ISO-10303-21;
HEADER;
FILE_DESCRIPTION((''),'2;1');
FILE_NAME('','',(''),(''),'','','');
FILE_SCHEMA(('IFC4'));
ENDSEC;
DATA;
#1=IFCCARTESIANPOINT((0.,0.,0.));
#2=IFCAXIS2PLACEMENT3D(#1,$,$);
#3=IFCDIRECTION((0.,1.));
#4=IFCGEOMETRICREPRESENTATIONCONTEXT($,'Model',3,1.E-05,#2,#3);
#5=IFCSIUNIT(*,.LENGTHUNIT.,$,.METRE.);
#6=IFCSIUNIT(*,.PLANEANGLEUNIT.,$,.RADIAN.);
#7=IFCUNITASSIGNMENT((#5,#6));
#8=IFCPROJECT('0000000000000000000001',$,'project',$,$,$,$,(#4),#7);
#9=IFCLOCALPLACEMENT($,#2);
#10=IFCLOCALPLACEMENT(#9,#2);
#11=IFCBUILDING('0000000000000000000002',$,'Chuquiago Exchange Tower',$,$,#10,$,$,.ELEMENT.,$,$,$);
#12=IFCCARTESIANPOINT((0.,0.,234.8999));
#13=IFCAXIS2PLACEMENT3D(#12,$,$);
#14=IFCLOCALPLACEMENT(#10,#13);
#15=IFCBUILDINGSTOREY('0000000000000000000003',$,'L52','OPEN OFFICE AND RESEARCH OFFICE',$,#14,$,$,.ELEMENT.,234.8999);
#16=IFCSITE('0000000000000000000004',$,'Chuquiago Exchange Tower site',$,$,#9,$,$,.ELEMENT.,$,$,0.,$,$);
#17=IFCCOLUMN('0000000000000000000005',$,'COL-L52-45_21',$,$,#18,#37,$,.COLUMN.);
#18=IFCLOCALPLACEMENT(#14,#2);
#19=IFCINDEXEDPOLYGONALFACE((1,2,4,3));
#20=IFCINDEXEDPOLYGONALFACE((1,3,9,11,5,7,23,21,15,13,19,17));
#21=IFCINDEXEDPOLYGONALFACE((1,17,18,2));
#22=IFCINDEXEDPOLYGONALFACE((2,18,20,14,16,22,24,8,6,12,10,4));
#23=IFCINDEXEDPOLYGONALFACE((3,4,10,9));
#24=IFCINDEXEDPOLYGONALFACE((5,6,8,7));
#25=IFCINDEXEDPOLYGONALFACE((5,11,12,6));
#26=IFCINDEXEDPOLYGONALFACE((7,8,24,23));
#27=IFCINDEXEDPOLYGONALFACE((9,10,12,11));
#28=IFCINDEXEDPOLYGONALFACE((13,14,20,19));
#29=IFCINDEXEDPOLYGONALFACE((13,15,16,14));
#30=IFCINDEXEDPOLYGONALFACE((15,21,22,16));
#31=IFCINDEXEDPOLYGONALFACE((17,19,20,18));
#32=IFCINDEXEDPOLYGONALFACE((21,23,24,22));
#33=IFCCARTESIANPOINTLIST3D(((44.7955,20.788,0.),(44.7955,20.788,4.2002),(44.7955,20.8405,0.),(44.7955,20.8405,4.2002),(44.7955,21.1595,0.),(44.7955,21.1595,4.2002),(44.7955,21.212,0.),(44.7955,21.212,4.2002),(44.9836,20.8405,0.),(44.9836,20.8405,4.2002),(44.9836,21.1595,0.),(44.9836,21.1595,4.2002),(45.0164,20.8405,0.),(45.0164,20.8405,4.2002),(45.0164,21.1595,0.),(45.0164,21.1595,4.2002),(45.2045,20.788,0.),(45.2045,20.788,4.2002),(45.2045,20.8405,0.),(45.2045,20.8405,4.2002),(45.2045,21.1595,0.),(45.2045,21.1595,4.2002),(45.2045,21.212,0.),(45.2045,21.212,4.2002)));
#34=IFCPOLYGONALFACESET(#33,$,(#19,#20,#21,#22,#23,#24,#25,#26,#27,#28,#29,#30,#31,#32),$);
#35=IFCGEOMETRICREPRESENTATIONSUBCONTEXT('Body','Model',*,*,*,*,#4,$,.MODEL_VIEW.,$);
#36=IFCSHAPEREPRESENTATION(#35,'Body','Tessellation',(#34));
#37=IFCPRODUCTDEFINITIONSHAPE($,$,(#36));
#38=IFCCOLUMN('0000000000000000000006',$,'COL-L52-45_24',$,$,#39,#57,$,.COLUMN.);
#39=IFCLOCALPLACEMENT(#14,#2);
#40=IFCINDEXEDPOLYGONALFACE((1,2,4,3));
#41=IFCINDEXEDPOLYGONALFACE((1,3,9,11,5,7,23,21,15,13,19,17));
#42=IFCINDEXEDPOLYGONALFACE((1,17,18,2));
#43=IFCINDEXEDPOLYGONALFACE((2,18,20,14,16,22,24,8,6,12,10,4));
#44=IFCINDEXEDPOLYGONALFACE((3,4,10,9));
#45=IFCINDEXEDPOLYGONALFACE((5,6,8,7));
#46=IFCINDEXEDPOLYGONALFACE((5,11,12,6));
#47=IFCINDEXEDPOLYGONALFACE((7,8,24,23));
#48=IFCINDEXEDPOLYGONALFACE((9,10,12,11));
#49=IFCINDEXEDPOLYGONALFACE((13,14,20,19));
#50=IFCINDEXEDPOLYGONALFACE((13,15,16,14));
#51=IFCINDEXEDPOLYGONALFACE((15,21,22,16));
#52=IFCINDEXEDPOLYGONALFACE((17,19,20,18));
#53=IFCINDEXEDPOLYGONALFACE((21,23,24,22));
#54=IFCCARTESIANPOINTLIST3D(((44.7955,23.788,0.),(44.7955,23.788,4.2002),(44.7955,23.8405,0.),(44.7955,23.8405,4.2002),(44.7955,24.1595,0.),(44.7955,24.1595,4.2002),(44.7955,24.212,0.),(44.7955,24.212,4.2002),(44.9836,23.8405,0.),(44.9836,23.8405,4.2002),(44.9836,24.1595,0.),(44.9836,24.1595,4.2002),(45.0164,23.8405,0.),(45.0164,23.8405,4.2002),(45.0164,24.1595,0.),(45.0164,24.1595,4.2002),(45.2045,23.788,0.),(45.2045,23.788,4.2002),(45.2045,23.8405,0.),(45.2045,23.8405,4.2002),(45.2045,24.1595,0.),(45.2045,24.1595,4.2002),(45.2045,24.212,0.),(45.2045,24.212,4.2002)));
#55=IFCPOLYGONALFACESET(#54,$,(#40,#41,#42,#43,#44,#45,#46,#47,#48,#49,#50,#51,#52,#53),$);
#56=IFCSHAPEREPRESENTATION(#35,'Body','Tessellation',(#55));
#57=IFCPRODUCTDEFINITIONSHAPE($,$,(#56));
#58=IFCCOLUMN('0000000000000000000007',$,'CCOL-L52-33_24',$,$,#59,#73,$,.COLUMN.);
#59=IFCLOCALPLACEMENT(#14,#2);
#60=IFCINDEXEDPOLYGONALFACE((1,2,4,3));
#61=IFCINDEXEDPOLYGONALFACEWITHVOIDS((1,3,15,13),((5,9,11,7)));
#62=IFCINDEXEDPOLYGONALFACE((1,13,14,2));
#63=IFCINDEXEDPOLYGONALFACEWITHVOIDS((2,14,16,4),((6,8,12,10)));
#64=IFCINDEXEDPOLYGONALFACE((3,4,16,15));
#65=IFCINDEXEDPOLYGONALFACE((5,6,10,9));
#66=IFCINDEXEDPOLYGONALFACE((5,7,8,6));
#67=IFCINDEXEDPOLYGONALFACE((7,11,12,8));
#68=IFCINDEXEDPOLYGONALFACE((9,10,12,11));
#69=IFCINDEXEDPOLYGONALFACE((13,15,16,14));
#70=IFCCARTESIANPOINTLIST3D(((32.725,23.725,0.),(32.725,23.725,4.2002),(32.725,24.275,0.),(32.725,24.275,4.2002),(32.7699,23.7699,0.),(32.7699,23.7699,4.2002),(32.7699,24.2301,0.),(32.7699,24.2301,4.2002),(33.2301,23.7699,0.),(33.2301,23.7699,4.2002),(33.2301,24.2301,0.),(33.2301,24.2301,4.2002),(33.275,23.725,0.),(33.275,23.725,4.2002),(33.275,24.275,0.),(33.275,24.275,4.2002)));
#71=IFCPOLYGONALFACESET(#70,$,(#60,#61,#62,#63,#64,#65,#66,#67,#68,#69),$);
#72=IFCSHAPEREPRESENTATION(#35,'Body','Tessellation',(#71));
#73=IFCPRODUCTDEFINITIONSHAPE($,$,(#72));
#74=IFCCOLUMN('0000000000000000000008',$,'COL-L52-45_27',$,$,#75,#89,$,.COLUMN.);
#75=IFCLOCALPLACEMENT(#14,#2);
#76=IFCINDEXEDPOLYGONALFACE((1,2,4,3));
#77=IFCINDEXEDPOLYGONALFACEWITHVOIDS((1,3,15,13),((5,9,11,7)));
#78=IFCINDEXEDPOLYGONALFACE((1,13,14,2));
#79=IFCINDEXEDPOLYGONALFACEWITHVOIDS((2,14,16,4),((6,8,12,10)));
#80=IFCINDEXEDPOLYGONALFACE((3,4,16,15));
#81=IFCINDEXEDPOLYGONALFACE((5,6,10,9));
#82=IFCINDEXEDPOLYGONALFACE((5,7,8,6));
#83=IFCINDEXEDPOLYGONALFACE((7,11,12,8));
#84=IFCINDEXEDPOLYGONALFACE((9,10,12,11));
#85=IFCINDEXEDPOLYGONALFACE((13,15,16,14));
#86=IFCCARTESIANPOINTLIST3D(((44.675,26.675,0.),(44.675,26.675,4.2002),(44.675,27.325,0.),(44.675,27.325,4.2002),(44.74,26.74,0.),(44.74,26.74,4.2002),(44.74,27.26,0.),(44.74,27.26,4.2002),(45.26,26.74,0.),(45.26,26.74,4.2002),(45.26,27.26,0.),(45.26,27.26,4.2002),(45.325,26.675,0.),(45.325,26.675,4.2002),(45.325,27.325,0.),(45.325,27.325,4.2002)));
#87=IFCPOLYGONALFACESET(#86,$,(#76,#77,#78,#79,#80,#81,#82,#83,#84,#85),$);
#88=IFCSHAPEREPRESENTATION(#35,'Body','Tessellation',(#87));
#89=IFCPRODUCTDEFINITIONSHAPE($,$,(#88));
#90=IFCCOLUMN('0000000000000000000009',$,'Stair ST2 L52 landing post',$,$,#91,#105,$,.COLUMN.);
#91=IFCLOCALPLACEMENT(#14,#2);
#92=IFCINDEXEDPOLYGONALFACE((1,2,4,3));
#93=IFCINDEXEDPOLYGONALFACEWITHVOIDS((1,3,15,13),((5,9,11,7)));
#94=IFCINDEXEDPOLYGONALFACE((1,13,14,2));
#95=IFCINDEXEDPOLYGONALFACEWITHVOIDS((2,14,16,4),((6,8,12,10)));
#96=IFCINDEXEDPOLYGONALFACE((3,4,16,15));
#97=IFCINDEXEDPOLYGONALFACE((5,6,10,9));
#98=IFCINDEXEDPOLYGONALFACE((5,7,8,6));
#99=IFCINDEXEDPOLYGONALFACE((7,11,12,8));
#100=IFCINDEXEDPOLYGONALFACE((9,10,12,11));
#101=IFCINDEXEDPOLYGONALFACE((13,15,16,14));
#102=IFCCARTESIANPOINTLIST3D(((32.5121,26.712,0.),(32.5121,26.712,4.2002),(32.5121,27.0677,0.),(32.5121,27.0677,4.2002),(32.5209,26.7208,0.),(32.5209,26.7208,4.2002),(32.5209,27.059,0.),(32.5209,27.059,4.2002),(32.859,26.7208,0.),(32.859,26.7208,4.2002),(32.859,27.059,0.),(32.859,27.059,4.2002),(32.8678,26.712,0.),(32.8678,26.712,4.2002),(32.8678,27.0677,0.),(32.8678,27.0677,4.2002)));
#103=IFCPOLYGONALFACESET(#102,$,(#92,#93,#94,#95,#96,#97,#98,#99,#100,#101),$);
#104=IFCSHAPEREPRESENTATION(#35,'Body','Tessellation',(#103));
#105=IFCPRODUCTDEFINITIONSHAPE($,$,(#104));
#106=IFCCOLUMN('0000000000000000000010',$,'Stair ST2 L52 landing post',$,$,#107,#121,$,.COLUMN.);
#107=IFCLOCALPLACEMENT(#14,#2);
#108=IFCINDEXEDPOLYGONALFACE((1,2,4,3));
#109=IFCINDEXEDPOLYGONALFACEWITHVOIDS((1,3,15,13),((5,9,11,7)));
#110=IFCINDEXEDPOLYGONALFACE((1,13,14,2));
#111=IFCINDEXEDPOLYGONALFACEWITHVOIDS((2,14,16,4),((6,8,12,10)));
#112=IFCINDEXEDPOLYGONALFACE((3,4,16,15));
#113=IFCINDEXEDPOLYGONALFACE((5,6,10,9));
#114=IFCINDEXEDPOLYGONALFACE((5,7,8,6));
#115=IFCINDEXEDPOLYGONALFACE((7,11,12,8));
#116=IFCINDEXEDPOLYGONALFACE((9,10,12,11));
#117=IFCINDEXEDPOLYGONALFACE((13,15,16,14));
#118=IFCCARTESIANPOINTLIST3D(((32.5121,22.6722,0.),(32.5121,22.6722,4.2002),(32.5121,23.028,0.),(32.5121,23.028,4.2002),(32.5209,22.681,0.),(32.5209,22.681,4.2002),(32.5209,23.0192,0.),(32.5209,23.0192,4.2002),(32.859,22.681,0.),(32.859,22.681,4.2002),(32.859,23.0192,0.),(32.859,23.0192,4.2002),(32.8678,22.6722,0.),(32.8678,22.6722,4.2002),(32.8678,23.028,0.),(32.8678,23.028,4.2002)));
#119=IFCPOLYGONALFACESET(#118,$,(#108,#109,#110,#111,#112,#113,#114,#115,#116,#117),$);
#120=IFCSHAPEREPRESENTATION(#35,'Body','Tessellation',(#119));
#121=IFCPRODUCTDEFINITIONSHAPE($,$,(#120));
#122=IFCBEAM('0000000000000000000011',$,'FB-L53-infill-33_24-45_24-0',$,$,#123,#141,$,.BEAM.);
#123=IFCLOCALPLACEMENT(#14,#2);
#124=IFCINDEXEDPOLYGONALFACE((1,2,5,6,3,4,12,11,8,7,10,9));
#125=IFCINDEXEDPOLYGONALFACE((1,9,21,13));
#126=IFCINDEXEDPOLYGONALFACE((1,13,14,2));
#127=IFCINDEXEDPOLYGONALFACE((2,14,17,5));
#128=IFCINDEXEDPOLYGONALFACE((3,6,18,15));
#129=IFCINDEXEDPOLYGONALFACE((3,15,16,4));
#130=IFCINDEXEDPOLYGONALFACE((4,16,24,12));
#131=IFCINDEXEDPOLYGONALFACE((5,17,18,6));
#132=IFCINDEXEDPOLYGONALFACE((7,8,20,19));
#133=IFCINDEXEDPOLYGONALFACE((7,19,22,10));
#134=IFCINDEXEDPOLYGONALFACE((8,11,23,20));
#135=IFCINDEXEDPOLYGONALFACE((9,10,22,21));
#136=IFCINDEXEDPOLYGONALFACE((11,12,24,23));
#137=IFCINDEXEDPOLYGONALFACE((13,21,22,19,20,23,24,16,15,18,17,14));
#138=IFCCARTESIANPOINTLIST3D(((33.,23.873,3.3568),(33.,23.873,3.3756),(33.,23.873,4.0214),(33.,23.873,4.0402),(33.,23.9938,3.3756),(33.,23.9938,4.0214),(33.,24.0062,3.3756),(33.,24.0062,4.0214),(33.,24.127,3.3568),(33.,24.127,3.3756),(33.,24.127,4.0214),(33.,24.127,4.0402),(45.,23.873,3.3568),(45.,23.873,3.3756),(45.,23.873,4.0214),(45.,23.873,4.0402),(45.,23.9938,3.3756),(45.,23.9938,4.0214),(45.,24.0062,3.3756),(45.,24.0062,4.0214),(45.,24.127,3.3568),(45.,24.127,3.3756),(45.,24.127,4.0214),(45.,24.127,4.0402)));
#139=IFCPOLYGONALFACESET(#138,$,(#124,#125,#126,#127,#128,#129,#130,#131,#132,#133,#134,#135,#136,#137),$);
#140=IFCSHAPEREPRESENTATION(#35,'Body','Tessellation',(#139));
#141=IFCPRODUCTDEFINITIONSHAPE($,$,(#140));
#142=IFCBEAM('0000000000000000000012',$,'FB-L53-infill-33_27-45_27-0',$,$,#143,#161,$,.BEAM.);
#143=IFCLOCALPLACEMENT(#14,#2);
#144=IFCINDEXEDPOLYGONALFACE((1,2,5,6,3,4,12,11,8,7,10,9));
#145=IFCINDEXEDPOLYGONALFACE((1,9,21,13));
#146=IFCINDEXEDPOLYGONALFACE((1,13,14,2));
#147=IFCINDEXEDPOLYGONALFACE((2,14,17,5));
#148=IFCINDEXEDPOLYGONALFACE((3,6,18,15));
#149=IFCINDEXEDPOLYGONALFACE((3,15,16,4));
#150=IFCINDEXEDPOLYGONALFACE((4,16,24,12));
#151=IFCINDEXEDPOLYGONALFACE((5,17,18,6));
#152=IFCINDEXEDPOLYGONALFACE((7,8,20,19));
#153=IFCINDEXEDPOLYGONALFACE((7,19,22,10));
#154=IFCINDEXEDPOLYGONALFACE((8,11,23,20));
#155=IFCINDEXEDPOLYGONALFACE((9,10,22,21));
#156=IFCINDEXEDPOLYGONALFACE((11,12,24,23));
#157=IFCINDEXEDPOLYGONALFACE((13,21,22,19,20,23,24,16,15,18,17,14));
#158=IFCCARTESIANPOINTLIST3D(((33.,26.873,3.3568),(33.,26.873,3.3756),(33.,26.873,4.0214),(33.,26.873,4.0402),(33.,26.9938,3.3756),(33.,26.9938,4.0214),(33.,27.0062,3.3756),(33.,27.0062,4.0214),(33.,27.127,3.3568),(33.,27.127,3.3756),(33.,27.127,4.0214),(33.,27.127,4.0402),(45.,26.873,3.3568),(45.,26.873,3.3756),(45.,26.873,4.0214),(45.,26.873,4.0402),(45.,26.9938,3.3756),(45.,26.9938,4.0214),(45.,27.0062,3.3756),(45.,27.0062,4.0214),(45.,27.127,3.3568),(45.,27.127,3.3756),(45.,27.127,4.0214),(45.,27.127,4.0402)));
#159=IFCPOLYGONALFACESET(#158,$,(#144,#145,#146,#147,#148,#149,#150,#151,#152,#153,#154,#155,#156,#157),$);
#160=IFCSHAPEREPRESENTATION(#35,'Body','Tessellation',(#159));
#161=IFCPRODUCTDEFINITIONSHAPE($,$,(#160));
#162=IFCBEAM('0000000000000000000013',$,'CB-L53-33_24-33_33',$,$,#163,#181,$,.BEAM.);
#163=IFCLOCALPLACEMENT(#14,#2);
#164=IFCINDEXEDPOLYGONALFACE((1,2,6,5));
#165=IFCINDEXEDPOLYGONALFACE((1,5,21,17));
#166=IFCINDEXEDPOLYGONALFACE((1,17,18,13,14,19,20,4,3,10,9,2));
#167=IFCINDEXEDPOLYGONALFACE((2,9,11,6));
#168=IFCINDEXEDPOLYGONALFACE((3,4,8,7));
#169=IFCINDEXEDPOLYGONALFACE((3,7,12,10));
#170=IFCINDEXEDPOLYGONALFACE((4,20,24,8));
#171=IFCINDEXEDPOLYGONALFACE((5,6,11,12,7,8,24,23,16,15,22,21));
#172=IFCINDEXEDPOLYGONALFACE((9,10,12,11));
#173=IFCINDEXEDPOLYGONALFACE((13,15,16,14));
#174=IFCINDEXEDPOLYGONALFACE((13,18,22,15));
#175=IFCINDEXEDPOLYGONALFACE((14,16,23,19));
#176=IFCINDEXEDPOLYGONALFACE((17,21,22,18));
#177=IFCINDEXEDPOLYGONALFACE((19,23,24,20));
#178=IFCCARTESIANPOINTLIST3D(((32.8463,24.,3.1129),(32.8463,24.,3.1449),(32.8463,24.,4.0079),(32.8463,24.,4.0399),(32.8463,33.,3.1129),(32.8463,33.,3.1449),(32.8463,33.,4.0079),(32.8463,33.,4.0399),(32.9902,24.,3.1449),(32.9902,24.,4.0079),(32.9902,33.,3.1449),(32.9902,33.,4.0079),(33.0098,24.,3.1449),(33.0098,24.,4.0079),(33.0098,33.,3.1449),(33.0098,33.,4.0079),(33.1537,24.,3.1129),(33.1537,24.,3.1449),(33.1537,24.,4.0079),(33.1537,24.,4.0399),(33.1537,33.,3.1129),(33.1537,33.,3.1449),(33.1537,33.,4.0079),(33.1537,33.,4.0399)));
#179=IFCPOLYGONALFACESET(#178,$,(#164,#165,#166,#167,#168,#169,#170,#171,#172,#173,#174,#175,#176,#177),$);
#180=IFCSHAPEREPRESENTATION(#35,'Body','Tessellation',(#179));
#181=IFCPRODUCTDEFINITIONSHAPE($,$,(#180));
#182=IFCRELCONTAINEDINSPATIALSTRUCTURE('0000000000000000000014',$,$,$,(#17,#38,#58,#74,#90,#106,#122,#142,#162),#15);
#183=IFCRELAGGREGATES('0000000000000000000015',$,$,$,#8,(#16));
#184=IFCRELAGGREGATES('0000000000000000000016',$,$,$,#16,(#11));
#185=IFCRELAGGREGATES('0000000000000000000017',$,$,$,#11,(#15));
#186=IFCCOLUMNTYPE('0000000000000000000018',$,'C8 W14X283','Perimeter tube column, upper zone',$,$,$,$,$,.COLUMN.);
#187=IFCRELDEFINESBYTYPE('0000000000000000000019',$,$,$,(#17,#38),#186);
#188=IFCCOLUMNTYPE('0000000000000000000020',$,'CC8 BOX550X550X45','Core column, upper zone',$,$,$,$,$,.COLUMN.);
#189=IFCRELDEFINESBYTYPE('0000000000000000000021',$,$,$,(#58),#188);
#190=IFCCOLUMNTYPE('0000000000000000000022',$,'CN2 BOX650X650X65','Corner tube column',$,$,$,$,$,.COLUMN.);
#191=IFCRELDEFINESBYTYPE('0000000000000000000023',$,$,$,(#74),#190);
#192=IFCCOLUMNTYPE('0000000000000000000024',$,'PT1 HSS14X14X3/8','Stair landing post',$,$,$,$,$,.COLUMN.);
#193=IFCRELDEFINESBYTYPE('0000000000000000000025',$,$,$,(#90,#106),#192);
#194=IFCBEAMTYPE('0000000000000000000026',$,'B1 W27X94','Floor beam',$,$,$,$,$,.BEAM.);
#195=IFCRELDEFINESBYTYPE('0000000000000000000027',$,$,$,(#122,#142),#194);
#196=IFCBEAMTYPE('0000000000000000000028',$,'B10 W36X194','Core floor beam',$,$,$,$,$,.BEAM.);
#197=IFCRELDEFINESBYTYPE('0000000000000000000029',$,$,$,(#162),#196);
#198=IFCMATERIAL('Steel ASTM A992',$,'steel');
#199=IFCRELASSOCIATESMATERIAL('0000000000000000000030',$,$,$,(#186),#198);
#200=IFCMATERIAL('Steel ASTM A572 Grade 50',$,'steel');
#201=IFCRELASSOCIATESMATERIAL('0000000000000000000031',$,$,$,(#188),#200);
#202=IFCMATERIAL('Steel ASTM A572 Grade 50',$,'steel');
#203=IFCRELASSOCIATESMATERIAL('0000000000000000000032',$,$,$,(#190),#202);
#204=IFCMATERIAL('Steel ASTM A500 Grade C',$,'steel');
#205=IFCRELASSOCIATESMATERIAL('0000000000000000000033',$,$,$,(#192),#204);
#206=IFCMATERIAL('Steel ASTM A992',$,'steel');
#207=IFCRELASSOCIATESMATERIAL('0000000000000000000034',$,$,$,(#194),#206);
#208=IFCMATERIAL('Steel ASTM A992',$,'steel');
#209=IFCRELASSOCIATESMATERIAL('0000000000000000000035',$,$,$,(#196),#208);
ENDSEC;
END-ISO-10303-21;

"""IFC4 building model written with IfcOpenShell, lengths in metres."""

from ifc_helpers import new_model, si_unit, direction, frame, origin, origin_2d, place, context, subcontext, project, spatial, hollow_rectangle, i_section, extrude, material, material_profile, profile_set, type_object, element, save


model = new_model("IFC4")

# Units and contexts
model_context = context("Model", 3, precision=1e-05, world=origin(), true_north=direction((0.0, 1.0)))
body_context = subcontext(model_context, "Body", "Model", "MODEL_VIEW")
ifc_project = project(units=[si_unit("LENGTHUNIT", "METRE"), si_unit("PLANEANGLEUNIT", "RADIAN")], contexts=[model_context])

# Site, building, storey
site_placement = place(None, origin())
site = spatial("IfcSite", under=ifc_project, at=site_placement, Name="Chuquiago Exchange Tower site", CompositionType="ELEMENT", RefElevation=0.0)
building_placement = place(site_placement, origin())
building = spatial("IfcBuilding", under=site, at=building_placement, Name="Chuquiago Exchange Tower", CompositionType="ELEMENT")
storey_placement = place(building_placement, frame((0.0, 0.0, 234.8999)))
storey = spatial("IfcBuildingStorey", under=building, at=storey_placement, Name="L52", Description="OPEN OFFICE AND RESEARCH OFFICE", CompositionType="ELEMENT", Elevation=234.8999)

# Columns
ifc_material_1 = material(Name="Steel ASTM A992", Category="steel")
ifc_material_profile_1 = material_profile(ifc_material_1, i_section(OverallWidth=0.4089, OverallDepth=0.4241, WebThickness=0.0327, FlangeThickness=0.0525, at=origin_2d()), Name="W14X283")
ifc_profile_set_1 = profile_set([ifc_material_profile_1], Name="Steel ASTM A992")
column_type_1 = type_object("IfcColumnType", Name="C8 W14X283", Description="Perimeter tube column, upper zone", PredefinedType="COLUMN", material=ifc_profile_set_1)
for number, where, z_axis, x_axis, name in (
    (1, (45.0, 21.0, 0.0), (0.0, 0.0, 1.0), (1.0, 0.0, 0.0), "COL-L52-45_21"),
    (2, (45.0, 24.0, 0.0), (0.0, 0.0, 1.0), (1.0, 0.0, 0.0), "COL-L52-45_24"),
):
    element("IfcColumn", number, at=place(storey_placement, frame(where, z_axis=z_axis, x_axis=x_axis)), inside=storey, type_object=column_type_1, Name=name, PredefinedType="COLUMN", context=body_context, shape_type="SweptSolid", body=[
        extrude(i_section(OverallWidth=0.4089, OverallDepth=0.4241, WebThickness=0.0327, FlangeThickness=0.0525, at=origin_2d()), origin(), (0.0, 0.0, 1.0), 4.2002),
    ])
ifc_material_2 = material(Name="Steel ASTM A572 Grade 50", Category="steel")
ifc_material_profile_2 = material_profile(ifc_material_2, hollow_rectangle(XDim=0.55, YDim=0.55, WallThickness=0.0449, at=origin_2d()), Name="BOX550X550X45")
ifc_profile_set_2 = profile_set([ifc_material_profile_2], Name="Steel ASTM A572 Grade 50")
column_type_2 = type_object("IfcColumnType", Name="CC8 BOX550X550X45", Description="Core column, upper zone", PredefinedType="COLUMN", material=ifc_profile_set_2)
column_1_placement = place(storey_placement, frame((33.0, 24.0, 0.0), z_axis=(0.0, 0.0, 1.0), x_axis=(1.0, 0.0, 0.0)))
element("IfcColumn", 3, at=column_1_placement, inside=storey, type_object=column_type_2, Name="CCOL-L52-33_24", PredefinedType="COLUMN", context=body_context, shape_type="SweptSolid", body=[
    extrude(hollow_rectangle(XDim=0.55, YDim=0.55, WallThickness=0.0449, at=origin_2d()), origin(), (0.0, 0.0, 1.0), 4.2002),
])
ifc_material_3 = material(Name="Steel ASTM A572 Grade 50", Category="steel")
ifc_material_profile_3 = material_profile(ifc_material_3, hollow_rectangle(XDim=0.6499, YDim=0.6499, WallThickness=0.0649, at=origin_2d()), Name="BOX650X650X65")
ifc_profile_set_3 = profile_set([ifc_material_profile_3], Name="Steel ASTM A572 Grade 50")
column_type_3 = type_object("IfcColumnType", Name="CN2 BOX650X650X65", Description="Corner tube column", PredefinedType="COLUMN", material=ifc_profile_set_3)
column_2_placement = place(storey_placement, frame((45.0, 27.0, 0.0), z_axis=(0.0, 0.0, 1.0), x_axis=(1.0, 0.0, 0.0)))
element("IfcColumn", 4, at=column_2_placement, inside=storey, type_object=column_type_3, Name="COL-L52-45_27", PredefinedType="COLUMN", context=body_context, shape_type="SweptSolid", body=[
    extrude(hollow_rectangle(XDim=0.6499, YDim=0.6499, WallThickness=0.0649, at=origin_2d()), origin(), (0.0, 0.0, 1.0), 4.2002),
])
ifc_material_4 = material(Name="Steel ASTM A500 Grade C", Category="steel")
ifc_material_profile_4 = material_profile(ifc_material_4, hollow_rectangle(XDim=0.3557, YDim=0.3557, WallThickness=0.0088, at=origin_2d()), Name="HSS14X14X3/8")
ifc_profile_set_4 = profile_set([ifc_material_profile_4], Name="Steel ASTM A500 Grade C")
column_type_4 = type_object("IfcColumnType", Name="PT1 HSS14X14X3/8", Description="Stair landing post", PredefinedType="COLUMN", material=ifc_profile_set_4)
for number, where, z_axis, x_axis, name in (
    (5, (32.6899, 26.8899, 0.0), (0.0, 0.0, 1.0), (1.0, 0.0, 0.0), "Stair ST2 L52 landing post"),
    (6, (32.6899, 22.8501, 0.0), (0.0, 0.0, 1.0), (1.0, 0.0, 0.0), "Stair ST2 L52 landing post"),
):
    element("IfcColumn", number, at=place(storey_placement, frame(where, z_axis=z_axis, x_axis=x_axis)), inside=storey, type_object=column_type_4, Name=name, PredefinedType="COLUMN", context=body_context, shape_type="SweptSolid", body=[
        extrude(hollow_rectangle(XDim=0.3557, YDim=0.3557, WallThickness=0.0088, at=origin_2d()), origin(), (0.0, 0.0, 1.0), 4.2002),
    ])

# Beams
ifc_material_5 = material(Name="Steel ASTM A992", Category="steel")
ifc_material_profile_5 = material_profile(ifc_material_5, i_section(OverallWidth=0.2539, OverallDepth=0.6833, WebThickness=0.0125, FlangeThickness=0.0188, at=origin_2d()), Name="W27X94")
ifc_profile_set_5 = profile_set([ifc_material_profile_5], Name="Steel ASTM A992")
beam_type_1 = type_object("IfcBeamType", Name="B1 W27X94", Description="Floor beam", PredefinedType="BEAM", material=ifc_profile_set_5)
for number, where, z_axis, x_axis, name in (
    (7, (33.0, 24.0, 3.6985), (1.0, 0.0, 0.0), (0.0, 1.0, 0.0), "FB-L53-infill-33_24-45_24-0"),
    (8, (33.0, 27.0, 3.6985), (1.0, 0.0, 0.0), (0.0, 1.0, 0.0), "FB-L53-infill-33_27-45_27-0"),
):
    element("IfcBeam", number, at=place(storey_placement, frame(where, z_axis=z_axis, x_axis=x_axis)), inside=storey, type_object=beam_type_1, Name=name, PredefinedType="BEAM", context=body_context, shape_type="SweptSolid", body=[
        extrude(i_section(OverallWidth=0.2539, OverallDepth=0.6833, WebThickness=0.0125, FlangeThickness=0.0188, at=origin_2d()), origin(), (0.0, 0.0, 1.0), 12.0),
    ])
ifc_material_6 = material(Name="Steel ASTM A992", Category="steel")
ifc_material_profile_6 = material_profile(ifc_material_6, i_section(OverallWidth=0.3074, OverallDepth=0.927, WebThickness=0.0195, FlangeThickness=0.032, at=origin_2d()), Name="W36X194")
ifc_profile_set_6 = profile_set([ifc_material_profile_6], Name="Steel ASTM A992")
beam_type_2 = type_object("IfcBeamType", Name="B10 W36X194", Description="Core floor beam", PredefinedType="BEAM", material=ifc_profile_set_6)
beam_1_placement = place(storey_placement, frame((33.0, 24.0, 3.5764), z_axis=(0.0, 1.0, 0.0), x_axis=(-1.0, 0.0, 0.0)))
element("IfcBeam", 9, at=beam_1_placement, inside=storey, type_object=beam_type_2, Name="CB-L53-33_24-33_33", PredefinedType="BEAM", context=body_context, shape_type="SweptSolid", body=[
    extrude(i_section(OverallWidth=0.3074, OverallDepth=0.927, WebThickness=0.0195, FlangeThickness=0.032, at=origin_2d()), origin(), (0.0, 0.0, 1.0), 9.0),
])

save(model, "model.ifc")
